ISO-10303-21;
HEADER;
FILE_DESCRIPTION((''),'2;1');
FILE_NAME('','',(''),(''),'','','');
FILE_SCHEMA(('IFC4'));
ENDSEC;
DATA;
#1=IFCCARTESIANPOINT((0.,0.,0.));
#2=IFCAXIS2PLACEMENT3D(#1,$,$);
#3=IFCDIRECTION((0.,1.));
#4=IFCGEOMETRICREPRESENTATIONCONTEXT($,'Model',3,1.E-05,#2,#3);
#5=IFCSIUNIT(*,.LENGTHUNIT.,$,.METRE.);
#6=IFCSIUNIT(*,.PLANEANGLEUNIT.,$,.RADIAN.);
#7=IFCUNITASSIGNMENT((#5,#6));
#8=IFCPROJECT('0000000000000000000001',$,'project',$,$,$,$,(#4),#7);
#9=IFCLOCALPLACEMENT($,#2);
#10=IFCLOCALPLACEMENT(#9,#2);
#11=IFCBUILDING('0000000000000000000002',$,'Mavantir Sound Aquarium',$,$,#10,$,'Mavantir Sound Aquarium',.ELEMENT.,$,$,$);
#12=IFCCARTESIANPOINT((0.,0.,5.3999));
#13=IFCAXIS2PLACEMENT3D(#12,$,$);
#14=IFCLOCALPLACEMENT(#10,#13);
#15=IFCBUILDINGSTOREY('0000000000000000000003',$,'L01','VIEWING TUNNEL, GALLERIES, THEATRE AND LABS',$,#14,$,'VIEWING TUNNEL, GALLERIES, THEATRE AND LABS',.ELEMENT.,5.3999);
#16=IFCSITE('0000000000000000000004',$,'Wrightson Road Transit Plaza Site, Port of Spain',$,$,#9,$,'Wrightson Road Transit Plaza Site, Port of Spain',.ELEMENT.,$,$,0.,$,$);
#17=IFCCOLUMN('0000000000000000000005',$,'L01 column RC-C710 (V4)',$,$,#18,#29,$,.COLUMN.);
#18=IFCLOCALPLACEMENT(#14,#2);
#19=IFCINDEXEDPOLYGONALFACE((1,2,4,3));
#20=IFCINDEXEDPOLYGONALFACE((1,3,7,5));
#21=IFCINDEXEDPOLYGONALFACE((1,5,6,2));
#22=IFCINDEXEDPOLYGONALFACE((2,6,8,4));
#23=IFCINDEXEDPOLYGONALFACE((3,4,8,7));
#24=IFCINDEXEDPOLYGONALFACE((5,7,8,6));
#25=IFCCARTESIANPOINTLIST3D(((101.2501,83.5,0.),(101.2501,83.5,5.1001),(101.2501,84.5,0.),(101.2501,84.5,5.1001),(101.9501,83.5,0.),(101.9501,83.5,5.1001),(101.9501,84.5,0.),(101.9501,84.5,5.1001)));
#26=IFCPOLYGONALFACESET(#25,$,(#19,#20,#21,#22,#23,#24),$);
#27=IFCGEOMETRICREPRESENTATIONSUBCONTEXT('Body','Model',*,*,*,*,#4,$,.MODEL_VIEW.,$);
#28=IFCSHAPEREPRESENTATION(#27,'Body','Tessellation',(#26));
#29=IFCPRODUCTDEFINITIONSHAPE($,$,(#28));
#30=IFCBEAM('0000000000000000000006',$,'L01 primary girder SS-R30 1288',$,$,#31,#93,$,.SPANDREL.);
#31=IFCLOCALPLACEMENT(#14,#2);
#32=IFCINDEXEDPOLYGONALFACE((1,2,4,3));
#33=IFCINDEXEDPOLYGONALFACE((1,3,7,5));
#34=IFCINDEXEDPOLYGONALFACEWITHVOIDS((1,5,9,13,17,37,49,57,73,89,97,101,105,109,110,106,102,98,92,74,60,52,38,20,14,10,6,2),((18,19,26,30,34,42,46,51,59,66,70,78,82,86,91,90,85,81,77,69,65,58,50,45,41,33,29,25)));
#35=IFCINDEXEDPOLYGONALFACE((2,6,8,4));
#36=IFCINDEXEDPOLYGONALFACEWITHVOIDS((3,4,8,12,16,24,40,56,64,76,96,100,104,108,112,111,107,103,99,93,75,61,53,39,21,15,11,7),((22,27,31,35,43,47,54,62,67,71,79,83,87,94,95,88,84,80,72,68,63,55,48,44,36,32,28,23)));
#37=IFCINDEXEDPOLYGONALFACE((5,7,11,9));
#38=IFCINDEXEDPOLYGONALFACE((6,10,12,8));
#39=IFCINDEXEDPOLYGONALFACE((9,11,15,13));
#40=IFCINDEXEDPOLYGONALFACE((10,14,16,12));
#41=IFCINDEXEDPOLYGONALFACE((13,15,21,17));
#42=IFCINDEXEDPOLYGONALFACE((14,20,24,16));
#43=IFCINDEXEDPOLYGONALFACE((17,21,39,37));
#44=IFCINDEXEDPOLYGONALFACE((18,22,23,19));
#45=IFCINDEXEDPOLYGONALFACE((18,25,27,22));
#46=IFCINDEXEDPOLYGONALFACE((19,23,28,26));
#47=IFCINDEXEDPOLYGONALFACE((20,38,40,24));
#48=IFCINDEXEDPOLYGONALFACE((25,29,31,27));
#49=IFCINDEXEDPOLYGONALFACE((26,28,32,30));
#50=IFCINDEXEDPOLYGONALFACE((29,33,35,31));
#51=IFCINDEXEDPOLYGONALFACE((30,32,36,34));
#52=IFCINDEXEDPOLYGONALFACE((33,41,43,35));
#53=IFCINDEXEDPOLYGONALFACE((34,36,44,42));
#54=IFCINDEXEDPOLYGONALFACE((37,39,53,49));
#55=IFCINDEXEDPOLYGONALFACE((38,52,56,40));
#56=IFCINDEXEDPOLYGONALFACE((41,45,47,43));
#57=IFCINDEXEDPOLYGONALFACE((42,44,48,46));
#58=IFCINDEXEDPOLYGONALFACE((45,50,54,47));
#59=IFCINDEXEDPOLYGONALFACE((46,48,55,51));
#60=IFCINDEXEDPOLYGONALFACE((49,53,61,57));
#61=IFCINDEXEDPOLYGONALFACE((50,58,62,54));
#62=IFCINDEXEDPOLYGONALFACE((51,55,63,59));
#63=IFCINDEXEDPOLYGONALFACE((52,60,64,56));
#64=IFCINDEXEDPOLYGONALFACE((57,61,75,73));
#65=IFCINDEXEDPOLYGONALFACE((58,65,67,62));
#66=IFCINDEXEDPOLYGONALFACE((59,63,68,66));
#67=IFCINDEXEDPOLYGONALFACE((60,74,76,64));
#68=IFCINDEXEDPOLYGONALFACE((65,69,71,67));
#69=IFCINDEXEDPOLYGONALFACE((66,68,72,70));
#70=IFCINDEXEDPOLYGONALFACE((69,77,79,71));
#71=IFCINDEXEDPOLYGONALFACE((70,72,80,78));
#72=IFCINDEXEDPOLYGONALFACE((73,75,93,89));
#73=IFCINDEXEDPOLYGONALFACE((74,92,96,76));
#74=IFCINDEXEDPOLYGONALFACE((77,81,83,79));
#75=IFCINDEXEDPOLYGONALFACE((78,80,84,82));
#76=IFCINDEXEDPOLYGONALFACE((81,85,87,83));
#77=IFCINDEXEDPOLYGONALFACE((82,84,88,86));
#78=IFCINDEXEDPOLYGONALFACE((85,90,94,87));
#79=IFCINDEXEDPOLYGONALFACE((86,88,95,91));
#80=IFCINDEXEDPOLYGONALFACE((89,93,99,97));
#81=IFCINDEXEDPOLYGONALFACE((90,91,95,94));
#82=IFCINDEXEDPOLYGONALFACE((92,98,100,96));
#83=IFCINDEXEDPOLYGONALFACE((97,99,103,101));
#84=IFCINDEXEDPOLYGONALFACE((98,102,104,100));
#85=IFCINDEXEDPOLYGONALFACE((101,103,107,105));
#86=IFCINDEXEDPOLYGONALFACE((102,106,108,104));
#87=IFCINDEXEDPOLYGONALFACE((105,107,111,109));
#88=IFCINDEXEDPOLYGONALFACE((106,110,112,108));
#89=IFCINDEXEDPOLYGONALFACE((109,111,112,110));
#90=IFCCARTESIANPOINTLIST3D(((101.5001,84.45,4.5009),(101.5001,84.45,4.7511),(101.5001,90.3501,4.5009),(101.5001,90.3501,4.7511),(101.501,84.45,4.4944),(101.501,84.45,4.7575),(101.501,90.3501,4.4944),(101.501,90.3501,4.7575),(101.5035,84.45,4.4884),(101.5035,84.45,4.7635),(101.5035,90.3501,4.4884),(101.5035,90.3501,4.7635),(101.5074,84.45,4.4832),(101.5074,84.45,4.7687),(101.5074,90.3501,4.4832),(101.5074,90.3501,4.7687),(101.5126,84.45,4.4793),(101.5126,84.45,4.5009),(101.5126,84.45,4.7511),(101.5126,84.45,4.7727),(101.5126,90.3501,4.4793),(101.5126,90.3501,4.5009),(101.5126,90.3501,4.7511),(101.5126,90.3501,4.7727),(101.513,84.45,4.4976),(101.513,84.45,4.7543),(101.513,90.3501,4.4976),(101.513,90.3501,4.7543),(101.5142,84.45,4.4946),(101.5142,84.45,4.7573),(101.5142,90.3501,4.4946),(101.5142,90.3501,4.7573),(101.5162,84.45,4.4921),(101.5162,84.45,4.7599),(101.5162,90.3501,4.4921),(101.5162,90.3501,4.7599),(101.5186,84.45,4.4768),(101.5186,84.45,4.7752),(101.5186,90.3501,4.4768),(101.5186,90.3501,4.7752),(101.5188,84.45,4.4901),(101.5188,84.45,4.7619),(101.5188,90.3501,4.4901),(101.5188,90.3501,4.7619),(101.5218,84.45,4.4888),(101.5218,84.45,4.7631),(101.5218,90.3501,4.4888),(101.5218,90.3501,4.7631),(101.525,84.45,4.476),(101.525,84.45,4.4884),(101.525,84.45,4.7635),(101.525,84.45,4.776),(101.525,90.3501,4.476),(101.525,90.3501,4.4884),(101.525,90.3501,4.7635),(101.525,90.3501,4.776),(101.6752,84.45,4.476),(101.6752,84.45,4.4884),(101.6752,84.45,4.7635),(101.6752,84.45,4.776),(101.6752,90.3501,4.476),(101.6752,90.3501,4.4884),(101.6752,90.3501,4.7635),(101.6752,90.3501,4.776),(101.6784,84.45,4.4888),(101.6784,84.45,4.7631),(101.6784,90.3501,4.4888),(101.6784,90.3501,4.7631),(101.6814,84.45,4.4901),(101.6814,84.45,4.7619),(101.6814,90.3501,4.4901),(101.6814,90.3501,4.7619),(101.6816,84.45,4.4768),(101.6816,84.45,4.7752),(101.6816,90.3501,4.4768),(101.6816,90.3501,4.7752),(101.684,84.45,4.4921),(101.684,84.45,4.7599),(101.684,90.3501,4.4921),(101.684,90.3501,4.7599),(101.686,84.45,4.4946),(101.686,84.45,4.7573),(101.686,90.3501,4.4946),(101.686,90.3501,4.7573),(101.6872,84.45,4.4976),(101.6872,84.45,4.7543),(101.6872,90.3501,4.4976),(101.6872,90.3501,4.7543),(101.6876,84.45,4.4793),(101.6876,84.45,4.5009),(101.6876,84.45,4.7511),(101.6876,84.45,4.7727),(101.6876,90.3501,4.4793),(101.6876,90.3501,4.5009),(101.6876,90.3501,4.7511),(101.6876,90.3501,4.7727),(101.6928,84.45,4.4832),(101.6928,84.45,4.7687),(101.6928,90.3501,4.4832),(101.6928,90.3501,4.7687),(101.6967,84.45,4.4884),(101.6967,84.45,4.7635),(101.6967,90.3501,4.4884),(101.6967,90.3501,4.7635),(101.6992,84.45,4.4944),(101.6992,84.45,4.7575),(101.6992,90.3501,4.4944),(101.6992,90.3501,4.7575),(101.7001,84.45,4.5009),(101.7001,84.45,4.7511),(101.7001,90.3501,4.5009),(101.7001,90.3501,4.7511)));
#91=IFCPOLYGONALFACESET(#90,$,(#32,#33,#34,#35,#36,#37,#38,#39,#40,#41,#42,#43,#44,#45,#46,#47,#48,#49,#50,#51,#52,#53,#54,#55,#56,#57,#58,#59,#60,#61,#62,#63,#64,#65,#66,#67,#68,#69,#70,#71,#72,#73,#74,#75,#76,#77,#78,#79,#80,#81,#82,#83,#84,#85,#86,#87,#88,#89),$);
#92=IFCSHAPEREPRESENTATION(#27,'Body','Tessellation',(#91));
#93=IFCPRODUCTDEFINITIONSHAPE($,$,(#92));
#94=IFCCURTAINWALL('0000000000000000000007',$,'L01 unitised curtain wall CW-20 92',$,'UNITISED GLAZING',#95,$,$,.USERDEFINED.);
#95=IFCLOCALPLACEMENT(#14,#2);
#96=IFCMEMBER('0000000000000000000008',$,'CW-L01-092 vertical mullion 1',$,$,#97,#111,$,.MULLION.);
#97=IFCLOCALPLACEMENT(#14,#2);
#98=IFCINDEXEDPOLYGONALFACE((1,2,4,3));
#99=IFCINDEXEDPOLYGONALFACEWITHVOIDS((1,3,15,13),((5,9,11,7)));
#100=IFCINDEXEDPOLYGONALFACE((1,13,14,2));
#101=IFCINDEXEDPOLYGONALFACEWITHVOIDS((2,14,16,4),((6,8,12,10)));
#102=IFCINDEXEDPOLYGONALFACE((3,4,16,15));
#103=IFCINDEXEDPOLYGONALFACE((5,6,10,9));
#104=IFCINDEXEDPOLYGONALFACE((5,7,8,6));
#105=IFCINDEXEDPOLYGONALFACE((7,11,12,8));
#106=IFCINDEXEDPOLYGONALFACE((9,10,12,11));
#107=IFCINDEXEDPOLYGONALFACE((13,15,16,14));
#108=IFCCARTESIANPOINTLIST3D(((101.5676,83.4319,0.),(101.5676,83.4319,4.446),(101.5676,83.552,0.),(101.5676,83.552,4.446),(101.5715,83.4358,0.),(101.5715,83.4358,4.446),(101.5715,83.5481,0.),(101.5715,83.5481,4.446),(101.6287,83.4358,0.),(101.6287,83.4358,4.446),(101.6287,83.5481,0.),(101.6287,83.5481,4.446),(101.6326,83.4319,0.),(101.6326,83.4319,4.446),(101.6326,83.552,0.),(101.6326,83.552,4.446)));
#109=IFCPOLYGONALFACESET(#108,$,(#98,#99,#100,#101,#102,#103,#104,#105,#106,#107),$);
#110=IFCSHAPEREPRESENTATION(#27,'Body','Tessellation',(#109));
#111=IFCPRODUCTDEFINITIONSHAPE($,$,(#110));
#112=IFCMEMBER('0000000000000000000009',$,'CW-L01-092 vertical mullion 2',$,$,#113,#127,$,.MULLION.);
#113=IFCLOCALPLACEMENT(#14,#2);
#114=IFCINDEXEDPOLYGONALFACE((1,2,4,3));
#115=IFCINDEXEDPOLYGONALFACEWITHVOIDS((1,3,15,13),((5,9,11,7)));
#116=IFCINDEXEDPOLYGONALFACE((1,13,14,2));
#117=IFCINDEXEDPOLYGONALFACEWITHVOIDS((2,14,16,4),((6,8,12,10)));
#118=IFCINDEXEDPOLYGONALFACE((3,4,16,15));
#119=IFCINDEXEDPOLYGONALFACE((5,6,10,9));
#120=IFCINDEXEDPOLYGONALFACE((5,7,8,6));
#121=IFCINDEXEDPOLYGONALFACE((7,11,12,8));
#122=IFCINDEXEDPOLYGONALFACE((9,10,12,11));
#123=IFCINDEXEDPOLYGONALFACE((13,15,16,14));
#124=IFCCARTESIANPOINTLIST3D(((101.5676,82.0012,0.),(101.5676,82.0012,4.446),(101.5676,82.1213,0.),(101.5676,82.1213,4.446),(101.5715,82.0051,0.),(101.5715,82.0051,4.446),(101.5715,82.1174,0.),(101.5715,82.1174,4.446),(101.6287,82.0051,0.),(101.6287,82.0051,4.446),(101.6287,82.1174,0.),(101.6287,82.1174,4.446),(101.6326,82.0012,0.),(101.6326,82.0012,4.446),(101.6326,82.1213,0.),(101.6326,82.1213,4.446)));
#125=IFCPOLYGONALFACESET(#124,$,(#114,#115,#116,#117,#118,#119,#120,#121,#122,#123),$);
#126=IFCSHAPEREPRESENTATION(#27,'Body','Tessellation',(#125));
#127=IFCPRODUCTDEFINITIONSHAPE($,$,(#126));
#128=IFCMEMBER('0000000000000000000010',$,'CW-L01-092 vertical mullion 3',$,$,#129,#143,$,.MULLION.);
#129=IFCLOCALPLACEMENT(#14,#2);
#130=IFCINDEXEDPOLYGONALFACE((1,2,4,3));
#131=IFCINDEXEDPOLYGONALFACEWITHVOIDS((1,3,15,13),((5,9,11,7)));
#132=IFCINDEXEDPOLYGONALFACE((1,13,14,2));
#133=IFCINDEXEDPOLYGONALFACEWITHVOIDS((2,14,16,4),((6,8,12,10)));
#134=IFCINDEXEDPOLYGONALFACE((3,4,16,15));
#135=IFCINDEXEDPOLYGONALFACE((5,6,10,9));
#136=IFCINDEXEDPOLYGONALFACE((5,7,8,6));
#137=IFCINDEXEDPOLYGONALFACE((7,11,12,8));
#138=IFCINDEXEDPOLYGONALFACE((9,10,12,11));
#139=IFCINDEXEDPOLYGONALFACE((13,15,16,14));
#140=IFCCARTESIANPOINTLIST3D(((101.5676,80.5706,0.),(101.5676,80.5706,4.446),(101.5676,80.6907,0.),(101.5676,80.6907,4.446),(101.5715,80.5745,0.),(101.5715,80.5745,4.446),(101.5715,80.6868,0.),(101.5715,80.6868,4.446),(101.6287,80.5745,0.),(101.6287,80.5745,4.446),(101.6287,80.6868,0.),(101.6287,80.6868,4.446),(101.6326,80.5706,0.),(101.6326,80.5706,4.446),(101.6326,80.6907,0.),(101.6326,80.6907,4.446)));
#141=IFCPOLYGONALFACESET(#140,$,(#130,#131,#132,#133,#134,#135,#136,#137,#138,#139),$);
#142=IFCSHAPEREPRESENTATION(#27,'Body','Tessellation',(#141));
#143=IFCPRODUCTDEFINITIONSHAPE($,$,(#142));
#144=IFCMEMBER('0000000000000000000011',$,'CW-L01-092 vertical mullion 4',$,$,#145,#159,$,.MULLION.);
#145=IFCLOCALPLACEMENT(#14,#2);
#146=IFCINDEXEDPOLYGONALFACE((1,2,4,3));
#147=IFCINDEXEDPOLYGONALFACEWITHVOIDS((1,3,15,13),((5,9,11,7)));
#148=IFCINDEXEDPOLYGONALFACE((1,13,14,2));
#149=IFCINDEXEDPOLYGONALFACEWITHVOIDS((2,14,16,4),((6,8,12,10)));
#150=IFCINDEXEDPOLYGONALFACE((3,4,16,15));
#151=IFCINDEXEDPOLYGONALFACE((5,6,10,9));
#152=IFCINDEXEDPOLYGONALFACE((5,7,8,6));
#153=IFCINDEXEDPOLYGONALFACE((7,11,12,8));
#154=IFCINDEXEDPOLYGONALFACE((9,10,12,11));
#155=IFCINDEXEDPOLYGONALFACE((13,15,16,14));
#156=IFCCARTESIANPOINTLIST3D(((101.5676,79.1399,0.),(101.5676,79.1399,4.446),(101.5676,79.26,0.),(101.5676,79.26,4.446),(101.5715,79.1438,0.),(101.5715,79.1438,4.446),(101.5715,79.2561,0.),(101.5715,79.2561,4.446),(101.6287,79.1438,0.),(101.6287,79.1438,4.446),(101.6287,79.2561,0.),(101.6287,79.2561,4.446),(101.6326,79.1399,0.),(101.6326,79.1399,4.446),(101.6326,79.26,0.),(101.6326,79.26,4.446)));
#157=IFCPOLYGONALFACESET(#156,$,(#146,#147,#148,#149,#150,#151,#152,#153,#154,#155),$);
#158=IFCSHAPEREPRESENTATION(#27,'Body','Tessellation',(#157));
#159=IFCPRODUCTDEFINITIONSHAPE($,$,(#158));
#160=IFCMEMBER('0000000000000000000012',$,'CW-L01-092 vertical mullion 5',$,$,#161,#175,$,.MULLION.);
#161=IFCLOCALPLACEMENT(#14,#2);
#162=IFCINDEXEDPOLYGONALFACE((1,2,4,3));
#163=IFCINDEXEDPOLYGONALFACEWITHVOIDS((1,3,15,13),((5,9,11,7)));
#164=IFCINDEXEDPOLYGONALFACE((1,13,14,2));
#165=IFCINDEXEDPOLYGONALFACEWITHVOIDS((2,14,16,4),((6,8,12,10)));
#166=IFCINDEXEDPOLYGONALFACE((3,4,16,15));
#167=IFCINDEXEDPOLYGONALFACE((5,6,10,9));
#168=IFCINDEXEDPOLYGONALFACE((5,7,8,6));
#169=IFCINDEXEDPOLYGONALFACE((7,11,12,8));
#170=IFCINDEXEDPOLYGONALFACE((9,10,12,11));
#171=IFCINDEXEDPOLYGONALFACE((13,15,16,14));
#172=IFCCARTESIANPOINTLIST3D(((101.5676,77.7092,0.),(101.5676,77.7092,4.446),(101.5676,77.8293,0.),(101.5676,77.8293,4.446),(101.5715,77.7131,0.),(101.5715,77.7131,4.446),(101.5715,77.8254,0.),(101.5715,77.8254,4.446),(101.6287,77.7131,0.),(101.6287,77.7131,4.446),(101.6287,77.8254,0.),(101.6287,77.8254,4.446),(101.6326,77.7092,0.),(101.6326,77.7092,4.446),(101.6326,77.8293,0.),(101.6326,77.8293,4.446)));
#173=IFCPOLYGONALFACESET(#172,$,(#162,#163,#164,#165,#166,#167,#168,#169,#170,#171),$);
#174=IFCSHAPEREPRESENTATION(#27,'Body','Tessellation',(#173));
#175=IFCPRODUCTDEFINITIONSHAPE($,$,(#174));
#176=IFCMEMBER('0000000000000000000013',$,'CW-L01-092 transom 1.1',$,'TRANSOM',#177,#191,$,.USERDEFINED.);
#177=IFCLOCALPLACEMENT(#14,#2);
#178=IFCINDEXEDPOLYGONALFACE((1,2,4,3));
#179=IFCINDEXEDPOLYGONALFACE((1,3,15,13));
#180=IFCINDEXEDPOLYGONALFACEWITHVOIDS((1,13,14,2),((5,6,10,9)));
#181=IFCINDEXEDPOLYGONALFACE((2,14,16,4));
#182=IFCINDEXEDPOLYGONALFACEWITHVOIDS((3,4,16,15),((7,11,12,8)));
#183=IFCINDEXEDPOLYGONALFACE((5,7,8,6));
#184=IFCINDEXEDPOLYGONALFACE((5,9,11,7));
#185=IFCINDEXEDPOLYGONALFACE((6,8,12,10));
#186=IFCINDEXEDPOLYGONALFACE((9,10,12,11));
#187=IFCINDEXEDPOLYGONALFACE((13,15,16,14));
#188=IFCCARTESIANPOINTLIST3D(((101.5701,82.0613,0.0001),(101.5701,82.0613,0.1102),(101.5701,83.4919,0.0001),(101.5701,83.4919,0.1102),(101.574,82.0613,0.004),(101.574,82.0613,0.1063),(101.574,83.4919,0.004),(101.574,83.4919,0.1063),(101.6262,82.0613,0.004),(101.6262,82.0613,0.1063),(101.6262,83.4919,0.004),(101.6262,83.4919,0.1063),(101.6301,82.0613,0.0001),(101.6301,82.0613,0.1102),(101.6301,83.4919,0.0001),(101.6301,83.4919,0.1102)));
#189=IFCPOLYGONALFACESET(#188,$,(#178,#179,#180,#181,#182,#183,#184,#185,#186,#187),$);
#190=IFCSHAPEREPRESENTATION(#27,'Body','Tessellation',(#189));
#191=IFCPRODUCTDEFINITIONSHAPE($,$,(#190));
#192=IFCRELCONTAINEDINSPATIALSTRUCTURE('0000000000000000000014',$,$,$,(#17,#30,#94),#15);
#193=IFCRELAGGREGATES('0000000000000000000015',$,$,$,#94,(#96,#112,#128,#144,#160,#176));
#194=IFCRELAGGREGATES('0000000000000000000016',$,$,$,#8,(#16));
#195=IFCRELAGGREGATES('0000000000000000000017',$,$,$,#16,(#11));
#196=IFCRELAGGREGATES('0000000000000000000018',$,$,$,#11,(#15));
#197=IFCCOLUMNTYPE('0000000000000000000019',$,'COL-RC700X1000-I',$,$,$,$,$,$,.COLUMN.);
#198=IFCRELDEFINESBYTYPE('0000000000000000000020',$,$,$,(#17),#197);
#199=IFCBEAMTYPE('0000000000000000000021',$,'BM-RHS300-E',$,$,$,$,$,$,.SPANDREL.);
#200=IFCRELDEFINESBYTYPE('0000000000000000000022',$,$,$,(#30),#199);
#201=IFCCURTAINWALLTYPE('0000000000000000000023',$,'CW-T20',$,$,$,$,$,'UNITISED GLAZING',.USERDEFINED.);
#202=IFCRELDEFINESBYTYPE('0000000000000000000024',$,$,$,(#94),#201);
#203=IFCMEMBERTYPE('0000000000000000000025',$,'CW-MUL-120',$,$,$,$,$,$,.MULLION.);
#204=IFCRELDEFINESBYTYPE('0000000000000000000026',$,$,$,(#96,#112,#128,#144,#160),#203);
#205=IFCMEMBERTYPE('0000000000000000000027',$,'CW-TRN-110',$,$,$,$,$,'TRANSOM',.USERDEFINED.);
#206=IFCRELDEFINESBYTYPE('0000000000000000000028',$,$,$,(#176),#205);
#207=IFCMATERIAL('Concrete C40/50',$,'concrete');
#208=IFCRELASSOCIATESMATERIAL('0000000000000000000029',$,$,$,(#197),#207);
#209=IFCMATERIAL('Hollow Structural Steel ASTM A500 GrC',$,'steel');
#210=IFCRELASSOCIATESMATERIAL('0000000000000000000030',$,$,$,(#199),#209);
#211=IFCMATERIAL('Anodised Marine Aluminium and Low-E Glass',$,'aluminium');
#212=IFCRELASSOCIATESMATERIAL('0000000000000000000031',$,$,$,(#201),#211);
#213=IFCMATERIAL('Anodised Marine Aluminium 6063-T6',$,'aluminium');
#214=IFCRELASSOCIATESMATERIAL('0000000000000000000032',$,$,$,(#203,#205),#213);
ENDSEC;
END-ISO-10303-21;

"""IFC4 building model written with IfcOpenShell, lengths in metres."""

from ifc_helpers import new_model, si_unit, direction, frame, origin, origin_2d, place, context, subcontext, project, spatial, rectangle, hollow_rectangle, extrude, material, material_profile, profile_set, type_object, element, aggregate, save


model = new_model("IFC4")

# Units and contexts
model_context = context("Model", 3, precision=1e-05, world=origin(), true_north=direction((0.0, 1.0)))
body_context = subcontext(model_context, "Body", "Model", "MODEL_VIEW")
ifc_project = project(units=[si_unit("LENGTHUNIT", "METRE"), si_unit("PLANEANGLEUNIT", "RADIAN")], contexts=[model_context])

# Site, building, storey
site_placement = place(None, origin())
site = spatial("IfcSite", under=ifc_project, at=site_placement, Name="Wrightson Road Transit Plaza Site, Port of Spain", LongName="Wrightson Road Transit Plaza Site, Port of Spain", CompositionType="ELEMENT", RefElevation=0.0)
building_placement = place(site_placement, origin())
building = spatial("IfcBuilding", under=site, at=building_placement, Name="Mavantir Sound Aquarium", LongName="Mavantir Sound Aquarium", CompositionType="ELEMENT")
storey_placement = place(building_placement, frame((0.0, 0.0, 5.3999)))
storey = spatial("IfcBuildingStorey", under=building, at=storey_placement, Name="L01", Description="VIEWING TUNNEL, GALLERIES, THEATRE AND LABS", LongName="VIEWING TUNNEL, GALLERIES, THEATRE AND LABS", CompositionType="ELEMENT", Elevation=5.3999)

# Column
ifc_material_1 = material(Name="Concrete C40/50", Category="concrete")
ifc_material_profile_1 = material_profile(ifc_material_1, rectangle(XDim=0.7, YDim=1.0, at=origin_2d()), Name="RC 700X1000")
ifc_profile_set_1 = profile_set([ifc_material_profile_1], Name="Concrete C40/50")
column_type = type_object("IfcColumnType", Name="COL-RC700X1000-I", PredefinedType="COLUMN", material=ifc_profile_set_1)
column_placement = place(storey_placement, frame((101.6001, 84.0, 0.0), z_axis=(0.0, 0.0, 1.0), x_axis=(1.0, 0.0, 0.0)))
element("IfcColumn", 1, at=column_placement, inside=storey, type_object=column_type, Name="L01 column RC-C710 (V4)", PredefinedType="COLUMN", context=body_context, shape_type="SweptSolid", body=[
    extrude(rectangle(XDim=0.7, YDim=1.0, at=origin_2d()), origin(), (0.0, 0.0, 1.0), 5.1001),
])

# Beam
ifc_material_2 = material(Name="Hollow Structural Steel ASTM A500 GrC", Category="steel")
ifc_material_profile_2 = material_profile(ifc_material_2, hollow_rectangle(XDim=0.2, YDim=0.3, WallThickness=0.0125, InnerFilletRadius=0.0125, OuterFilletRadius=0.0249, at=origin_2d()), Name="RHS 300X200X12.5")
ifc_profile_set_2 = profile_set([ifc_material_profile_2], Name="Hollow Structural Steel ASTM A500 GrC")
beam_type = type_object("IfcBeamType", Name="BM-RHS300-E", PredefinedType="SPANDREL", material=ifc_profile_set_2)
beam_placement = place(storey_placement, frame((101.6001, 84.45, 4.626), z_axis=(0.0, 1.0, 0.0), x_axis=(-1.0, 0.0, 0.0)))
element("IfcBeam", 2, at=beam_placement, inside=storey, type_object=beam_type, Name="L01 primary girder SS-R30 1288", PredefinedType="SPANDREL", context=body_context, shape_type="SweptSolid", body=[
    extrude(hollow_rectangle(XDim=0.2, YDim=0.3, WallThickness=0.0125, InnerFilletRadius=0.0125, OuterFilletRadius=0.0249, at=origin_2d()), origin(), (0.0, 0.0, 1.0), 5.9001),
])

# Curtain wall, members
ifc_material_3 = material(Name="Anodised Marine Aluminium and Low-E Glass", Category="aluminium")
curtain_wall_type = type_object("IfcCurtainWallType", Name="CW-T20", ElementType="UNITISED GLAZING", PredefinedType="USERDEFINED", material=ifc_material_3)
curtain_wall_placement = place(storey_placement, origin())
curtain_wall = element("IfcCurtainWall", 3, at=curtain_wall_placement, inside=storey, type_object=curtain_wall_type, Name="L01 unitised curtain wall CW-20 92", ObjectType="UNITISED GLAZING", PredefinedType="USERDEFINED")
ifc_material_4 = material(Name="Anodised Marine Aluminium 6063-T6", Category="aluminium")
ifc_material_profile_3 = material_profile(ifc_material_4, hollow_rectangle(XDim=0.0649, YDim=0.1201, WallThickness=0.0039, at=origin_2d()), Name="ALU-MULLION-120X65")
ifc_profile_set_3 = profile_set([ifc_material_profile_3], Name="Anodised Marine Aluminium 6063-T6")
member_type_1 = type_object("IfcMemberType", Name="CW-MUL-120", PredefinedType="MULLION", material=ifc_profile_set_3)
member_1_placement = place(storey_placement, frame((101.6001, 83.4919, 0.0), z_axis=(0.0, 0.0, 1.0), x_axis=(1.0, 0.0, 0.0)))
member_1 = element("IfcMember", 4, at=member_1_placement, type_object=member_type_1, Name="CW-L01-092 vertical mullion 1", PredefinedType="MULLION", context=body_context, shape_type="SweptSolid", body=[
    extrude(hollow_rectangle(XDim=0.0649, YDim=0.1201, WallThickness=0.0039, at=origin_2d()), origin(), (0.0, 0.0, 1.0), 4.446),
])
member_2_placement = place(storey_placement, frame((101.6001, 82.0613, 0.0), z_axis=(0.0, 0.0, 1.0), x_axis=(1.0, 0.0, 0.0)))
member_2 = element("IfcMember", 5, at=member_2_placement, type_object=member_type_1, Name="CW-L01-092 vertical mullion 2", PredefinedType="MULLION", context=body_context, shape_type="SweptSolid", body=[
    extrude(hollow_rectangle(XDim=0.0649, YDim=0.1201, WallThickness=0.0039, at=origin_2d()), origin(), (0.0, 0.0, 1.0), 4.446),
])
member_3_placement = place(storey_placement, frame((101.6001, 80.6306, 0.0), z_axis=(0.0, 0.0, 1.0), x_axis=(1.0, 0.0, 0.0)))
member_3 = element("IfcMember", 6, at=member_3_placement, type_object=member_type_1, Name="CW-L01-092 vertical mullion 3", PredefinedType="MULLION", context=body_context, shape_type="SweptSolid", body=[
    extrude(hollow_rectangle(XDim=0.0649, YDim=0.1201, WallThickness=0.0039, at=origin_2d()), origin(), (0.0, 0.0, 1.0), 4.446),
])
member_4_placement = place(storey_placement, frame((101.6001, 79.2, 0.0), z_axis=(0.0, 0.0, 1.0), x_axis=(1.0, 0.0, 0.0)))
member_4 = element("IfcMember", 7, at=member_4_placement, type_object=member_type_1, Name="CW-L01-092 vertical mullion 4", PredefinedType="MULLION", context=body_context, shape_type="SweptSolid", body=[
    extrude(hollow_rectangle(XDim=0.0649, YDim=0.1201, WallThickness=0.0039, at=origin_2d()), origin(), (0.0, 0.0, 1.0), 4.446),
])
member_5_placement = place(storey_placement, frame((101.6001, 77.7693, 0.0), z_axis=(0.0, 0.0, 1.0), x_axis=(1.0, 0.0, 0.0)))
member_5 = element("IfcMember", 8, at=member_5_placement, type_object=member_type_1, Name="CW-L01-092 vertical mullion 5", PredefinedType="MULLION", context=body_context, shape_type="SweptSolid", body=[
    extrude(hollow_rectangle(XDim=0.0649, YDim=0.1201, WallThickness=0.0039, at=origin_2d()), origin(), (0.0, 0.0, 1.0), 4.446),
])
ifc_material_profile_4 = material_profile(ifc_material_4, hollow_rectangle(XDim=0.0601, YDim=0.1101, WallThickness=0.0039, at=origin_2d()), Name="ALU-TRANSOM-110X60")
ifc_profile_set_4 = profile_set([ifc_material_profile_4], Name="Anodised Marine Aluminium 6063-T6")
member_type_2 = type_object("IfcMemberType", Name="CW-TRN-110", ElementType="TRANSOM", PredefinedType="USERDEFINED", material=ifc_profile_set_4)
member_6_placement = place(storey_placement, frame((101.6001, 83.4919, 0.0552), z_axis=(0.0, -1.0, 0.0), x_axis=(1.0, 0.0, 0.0)))
member_6 = element("IfcMember", 9, at=member_6_placement, type_object=member_type_2, Name="CW-L01-092 transom 1.1", ObjectType="TRANSOM", PredefinedType="USERDEFINED", context=body_context, shape_type="SweptSolid", body=[
    extrude(hollow_rectangle(XDim=0.0601, YDim=0.1101, WallThickness=0.0039, at=origin_2d()), origin(), (0.0, 0.0, 1.0), 1.4307),
])
aggregate(curtain_wall, [member_1, member_2, member_3, member_4, member_5, member_6])

save(model, "model.ifc")
